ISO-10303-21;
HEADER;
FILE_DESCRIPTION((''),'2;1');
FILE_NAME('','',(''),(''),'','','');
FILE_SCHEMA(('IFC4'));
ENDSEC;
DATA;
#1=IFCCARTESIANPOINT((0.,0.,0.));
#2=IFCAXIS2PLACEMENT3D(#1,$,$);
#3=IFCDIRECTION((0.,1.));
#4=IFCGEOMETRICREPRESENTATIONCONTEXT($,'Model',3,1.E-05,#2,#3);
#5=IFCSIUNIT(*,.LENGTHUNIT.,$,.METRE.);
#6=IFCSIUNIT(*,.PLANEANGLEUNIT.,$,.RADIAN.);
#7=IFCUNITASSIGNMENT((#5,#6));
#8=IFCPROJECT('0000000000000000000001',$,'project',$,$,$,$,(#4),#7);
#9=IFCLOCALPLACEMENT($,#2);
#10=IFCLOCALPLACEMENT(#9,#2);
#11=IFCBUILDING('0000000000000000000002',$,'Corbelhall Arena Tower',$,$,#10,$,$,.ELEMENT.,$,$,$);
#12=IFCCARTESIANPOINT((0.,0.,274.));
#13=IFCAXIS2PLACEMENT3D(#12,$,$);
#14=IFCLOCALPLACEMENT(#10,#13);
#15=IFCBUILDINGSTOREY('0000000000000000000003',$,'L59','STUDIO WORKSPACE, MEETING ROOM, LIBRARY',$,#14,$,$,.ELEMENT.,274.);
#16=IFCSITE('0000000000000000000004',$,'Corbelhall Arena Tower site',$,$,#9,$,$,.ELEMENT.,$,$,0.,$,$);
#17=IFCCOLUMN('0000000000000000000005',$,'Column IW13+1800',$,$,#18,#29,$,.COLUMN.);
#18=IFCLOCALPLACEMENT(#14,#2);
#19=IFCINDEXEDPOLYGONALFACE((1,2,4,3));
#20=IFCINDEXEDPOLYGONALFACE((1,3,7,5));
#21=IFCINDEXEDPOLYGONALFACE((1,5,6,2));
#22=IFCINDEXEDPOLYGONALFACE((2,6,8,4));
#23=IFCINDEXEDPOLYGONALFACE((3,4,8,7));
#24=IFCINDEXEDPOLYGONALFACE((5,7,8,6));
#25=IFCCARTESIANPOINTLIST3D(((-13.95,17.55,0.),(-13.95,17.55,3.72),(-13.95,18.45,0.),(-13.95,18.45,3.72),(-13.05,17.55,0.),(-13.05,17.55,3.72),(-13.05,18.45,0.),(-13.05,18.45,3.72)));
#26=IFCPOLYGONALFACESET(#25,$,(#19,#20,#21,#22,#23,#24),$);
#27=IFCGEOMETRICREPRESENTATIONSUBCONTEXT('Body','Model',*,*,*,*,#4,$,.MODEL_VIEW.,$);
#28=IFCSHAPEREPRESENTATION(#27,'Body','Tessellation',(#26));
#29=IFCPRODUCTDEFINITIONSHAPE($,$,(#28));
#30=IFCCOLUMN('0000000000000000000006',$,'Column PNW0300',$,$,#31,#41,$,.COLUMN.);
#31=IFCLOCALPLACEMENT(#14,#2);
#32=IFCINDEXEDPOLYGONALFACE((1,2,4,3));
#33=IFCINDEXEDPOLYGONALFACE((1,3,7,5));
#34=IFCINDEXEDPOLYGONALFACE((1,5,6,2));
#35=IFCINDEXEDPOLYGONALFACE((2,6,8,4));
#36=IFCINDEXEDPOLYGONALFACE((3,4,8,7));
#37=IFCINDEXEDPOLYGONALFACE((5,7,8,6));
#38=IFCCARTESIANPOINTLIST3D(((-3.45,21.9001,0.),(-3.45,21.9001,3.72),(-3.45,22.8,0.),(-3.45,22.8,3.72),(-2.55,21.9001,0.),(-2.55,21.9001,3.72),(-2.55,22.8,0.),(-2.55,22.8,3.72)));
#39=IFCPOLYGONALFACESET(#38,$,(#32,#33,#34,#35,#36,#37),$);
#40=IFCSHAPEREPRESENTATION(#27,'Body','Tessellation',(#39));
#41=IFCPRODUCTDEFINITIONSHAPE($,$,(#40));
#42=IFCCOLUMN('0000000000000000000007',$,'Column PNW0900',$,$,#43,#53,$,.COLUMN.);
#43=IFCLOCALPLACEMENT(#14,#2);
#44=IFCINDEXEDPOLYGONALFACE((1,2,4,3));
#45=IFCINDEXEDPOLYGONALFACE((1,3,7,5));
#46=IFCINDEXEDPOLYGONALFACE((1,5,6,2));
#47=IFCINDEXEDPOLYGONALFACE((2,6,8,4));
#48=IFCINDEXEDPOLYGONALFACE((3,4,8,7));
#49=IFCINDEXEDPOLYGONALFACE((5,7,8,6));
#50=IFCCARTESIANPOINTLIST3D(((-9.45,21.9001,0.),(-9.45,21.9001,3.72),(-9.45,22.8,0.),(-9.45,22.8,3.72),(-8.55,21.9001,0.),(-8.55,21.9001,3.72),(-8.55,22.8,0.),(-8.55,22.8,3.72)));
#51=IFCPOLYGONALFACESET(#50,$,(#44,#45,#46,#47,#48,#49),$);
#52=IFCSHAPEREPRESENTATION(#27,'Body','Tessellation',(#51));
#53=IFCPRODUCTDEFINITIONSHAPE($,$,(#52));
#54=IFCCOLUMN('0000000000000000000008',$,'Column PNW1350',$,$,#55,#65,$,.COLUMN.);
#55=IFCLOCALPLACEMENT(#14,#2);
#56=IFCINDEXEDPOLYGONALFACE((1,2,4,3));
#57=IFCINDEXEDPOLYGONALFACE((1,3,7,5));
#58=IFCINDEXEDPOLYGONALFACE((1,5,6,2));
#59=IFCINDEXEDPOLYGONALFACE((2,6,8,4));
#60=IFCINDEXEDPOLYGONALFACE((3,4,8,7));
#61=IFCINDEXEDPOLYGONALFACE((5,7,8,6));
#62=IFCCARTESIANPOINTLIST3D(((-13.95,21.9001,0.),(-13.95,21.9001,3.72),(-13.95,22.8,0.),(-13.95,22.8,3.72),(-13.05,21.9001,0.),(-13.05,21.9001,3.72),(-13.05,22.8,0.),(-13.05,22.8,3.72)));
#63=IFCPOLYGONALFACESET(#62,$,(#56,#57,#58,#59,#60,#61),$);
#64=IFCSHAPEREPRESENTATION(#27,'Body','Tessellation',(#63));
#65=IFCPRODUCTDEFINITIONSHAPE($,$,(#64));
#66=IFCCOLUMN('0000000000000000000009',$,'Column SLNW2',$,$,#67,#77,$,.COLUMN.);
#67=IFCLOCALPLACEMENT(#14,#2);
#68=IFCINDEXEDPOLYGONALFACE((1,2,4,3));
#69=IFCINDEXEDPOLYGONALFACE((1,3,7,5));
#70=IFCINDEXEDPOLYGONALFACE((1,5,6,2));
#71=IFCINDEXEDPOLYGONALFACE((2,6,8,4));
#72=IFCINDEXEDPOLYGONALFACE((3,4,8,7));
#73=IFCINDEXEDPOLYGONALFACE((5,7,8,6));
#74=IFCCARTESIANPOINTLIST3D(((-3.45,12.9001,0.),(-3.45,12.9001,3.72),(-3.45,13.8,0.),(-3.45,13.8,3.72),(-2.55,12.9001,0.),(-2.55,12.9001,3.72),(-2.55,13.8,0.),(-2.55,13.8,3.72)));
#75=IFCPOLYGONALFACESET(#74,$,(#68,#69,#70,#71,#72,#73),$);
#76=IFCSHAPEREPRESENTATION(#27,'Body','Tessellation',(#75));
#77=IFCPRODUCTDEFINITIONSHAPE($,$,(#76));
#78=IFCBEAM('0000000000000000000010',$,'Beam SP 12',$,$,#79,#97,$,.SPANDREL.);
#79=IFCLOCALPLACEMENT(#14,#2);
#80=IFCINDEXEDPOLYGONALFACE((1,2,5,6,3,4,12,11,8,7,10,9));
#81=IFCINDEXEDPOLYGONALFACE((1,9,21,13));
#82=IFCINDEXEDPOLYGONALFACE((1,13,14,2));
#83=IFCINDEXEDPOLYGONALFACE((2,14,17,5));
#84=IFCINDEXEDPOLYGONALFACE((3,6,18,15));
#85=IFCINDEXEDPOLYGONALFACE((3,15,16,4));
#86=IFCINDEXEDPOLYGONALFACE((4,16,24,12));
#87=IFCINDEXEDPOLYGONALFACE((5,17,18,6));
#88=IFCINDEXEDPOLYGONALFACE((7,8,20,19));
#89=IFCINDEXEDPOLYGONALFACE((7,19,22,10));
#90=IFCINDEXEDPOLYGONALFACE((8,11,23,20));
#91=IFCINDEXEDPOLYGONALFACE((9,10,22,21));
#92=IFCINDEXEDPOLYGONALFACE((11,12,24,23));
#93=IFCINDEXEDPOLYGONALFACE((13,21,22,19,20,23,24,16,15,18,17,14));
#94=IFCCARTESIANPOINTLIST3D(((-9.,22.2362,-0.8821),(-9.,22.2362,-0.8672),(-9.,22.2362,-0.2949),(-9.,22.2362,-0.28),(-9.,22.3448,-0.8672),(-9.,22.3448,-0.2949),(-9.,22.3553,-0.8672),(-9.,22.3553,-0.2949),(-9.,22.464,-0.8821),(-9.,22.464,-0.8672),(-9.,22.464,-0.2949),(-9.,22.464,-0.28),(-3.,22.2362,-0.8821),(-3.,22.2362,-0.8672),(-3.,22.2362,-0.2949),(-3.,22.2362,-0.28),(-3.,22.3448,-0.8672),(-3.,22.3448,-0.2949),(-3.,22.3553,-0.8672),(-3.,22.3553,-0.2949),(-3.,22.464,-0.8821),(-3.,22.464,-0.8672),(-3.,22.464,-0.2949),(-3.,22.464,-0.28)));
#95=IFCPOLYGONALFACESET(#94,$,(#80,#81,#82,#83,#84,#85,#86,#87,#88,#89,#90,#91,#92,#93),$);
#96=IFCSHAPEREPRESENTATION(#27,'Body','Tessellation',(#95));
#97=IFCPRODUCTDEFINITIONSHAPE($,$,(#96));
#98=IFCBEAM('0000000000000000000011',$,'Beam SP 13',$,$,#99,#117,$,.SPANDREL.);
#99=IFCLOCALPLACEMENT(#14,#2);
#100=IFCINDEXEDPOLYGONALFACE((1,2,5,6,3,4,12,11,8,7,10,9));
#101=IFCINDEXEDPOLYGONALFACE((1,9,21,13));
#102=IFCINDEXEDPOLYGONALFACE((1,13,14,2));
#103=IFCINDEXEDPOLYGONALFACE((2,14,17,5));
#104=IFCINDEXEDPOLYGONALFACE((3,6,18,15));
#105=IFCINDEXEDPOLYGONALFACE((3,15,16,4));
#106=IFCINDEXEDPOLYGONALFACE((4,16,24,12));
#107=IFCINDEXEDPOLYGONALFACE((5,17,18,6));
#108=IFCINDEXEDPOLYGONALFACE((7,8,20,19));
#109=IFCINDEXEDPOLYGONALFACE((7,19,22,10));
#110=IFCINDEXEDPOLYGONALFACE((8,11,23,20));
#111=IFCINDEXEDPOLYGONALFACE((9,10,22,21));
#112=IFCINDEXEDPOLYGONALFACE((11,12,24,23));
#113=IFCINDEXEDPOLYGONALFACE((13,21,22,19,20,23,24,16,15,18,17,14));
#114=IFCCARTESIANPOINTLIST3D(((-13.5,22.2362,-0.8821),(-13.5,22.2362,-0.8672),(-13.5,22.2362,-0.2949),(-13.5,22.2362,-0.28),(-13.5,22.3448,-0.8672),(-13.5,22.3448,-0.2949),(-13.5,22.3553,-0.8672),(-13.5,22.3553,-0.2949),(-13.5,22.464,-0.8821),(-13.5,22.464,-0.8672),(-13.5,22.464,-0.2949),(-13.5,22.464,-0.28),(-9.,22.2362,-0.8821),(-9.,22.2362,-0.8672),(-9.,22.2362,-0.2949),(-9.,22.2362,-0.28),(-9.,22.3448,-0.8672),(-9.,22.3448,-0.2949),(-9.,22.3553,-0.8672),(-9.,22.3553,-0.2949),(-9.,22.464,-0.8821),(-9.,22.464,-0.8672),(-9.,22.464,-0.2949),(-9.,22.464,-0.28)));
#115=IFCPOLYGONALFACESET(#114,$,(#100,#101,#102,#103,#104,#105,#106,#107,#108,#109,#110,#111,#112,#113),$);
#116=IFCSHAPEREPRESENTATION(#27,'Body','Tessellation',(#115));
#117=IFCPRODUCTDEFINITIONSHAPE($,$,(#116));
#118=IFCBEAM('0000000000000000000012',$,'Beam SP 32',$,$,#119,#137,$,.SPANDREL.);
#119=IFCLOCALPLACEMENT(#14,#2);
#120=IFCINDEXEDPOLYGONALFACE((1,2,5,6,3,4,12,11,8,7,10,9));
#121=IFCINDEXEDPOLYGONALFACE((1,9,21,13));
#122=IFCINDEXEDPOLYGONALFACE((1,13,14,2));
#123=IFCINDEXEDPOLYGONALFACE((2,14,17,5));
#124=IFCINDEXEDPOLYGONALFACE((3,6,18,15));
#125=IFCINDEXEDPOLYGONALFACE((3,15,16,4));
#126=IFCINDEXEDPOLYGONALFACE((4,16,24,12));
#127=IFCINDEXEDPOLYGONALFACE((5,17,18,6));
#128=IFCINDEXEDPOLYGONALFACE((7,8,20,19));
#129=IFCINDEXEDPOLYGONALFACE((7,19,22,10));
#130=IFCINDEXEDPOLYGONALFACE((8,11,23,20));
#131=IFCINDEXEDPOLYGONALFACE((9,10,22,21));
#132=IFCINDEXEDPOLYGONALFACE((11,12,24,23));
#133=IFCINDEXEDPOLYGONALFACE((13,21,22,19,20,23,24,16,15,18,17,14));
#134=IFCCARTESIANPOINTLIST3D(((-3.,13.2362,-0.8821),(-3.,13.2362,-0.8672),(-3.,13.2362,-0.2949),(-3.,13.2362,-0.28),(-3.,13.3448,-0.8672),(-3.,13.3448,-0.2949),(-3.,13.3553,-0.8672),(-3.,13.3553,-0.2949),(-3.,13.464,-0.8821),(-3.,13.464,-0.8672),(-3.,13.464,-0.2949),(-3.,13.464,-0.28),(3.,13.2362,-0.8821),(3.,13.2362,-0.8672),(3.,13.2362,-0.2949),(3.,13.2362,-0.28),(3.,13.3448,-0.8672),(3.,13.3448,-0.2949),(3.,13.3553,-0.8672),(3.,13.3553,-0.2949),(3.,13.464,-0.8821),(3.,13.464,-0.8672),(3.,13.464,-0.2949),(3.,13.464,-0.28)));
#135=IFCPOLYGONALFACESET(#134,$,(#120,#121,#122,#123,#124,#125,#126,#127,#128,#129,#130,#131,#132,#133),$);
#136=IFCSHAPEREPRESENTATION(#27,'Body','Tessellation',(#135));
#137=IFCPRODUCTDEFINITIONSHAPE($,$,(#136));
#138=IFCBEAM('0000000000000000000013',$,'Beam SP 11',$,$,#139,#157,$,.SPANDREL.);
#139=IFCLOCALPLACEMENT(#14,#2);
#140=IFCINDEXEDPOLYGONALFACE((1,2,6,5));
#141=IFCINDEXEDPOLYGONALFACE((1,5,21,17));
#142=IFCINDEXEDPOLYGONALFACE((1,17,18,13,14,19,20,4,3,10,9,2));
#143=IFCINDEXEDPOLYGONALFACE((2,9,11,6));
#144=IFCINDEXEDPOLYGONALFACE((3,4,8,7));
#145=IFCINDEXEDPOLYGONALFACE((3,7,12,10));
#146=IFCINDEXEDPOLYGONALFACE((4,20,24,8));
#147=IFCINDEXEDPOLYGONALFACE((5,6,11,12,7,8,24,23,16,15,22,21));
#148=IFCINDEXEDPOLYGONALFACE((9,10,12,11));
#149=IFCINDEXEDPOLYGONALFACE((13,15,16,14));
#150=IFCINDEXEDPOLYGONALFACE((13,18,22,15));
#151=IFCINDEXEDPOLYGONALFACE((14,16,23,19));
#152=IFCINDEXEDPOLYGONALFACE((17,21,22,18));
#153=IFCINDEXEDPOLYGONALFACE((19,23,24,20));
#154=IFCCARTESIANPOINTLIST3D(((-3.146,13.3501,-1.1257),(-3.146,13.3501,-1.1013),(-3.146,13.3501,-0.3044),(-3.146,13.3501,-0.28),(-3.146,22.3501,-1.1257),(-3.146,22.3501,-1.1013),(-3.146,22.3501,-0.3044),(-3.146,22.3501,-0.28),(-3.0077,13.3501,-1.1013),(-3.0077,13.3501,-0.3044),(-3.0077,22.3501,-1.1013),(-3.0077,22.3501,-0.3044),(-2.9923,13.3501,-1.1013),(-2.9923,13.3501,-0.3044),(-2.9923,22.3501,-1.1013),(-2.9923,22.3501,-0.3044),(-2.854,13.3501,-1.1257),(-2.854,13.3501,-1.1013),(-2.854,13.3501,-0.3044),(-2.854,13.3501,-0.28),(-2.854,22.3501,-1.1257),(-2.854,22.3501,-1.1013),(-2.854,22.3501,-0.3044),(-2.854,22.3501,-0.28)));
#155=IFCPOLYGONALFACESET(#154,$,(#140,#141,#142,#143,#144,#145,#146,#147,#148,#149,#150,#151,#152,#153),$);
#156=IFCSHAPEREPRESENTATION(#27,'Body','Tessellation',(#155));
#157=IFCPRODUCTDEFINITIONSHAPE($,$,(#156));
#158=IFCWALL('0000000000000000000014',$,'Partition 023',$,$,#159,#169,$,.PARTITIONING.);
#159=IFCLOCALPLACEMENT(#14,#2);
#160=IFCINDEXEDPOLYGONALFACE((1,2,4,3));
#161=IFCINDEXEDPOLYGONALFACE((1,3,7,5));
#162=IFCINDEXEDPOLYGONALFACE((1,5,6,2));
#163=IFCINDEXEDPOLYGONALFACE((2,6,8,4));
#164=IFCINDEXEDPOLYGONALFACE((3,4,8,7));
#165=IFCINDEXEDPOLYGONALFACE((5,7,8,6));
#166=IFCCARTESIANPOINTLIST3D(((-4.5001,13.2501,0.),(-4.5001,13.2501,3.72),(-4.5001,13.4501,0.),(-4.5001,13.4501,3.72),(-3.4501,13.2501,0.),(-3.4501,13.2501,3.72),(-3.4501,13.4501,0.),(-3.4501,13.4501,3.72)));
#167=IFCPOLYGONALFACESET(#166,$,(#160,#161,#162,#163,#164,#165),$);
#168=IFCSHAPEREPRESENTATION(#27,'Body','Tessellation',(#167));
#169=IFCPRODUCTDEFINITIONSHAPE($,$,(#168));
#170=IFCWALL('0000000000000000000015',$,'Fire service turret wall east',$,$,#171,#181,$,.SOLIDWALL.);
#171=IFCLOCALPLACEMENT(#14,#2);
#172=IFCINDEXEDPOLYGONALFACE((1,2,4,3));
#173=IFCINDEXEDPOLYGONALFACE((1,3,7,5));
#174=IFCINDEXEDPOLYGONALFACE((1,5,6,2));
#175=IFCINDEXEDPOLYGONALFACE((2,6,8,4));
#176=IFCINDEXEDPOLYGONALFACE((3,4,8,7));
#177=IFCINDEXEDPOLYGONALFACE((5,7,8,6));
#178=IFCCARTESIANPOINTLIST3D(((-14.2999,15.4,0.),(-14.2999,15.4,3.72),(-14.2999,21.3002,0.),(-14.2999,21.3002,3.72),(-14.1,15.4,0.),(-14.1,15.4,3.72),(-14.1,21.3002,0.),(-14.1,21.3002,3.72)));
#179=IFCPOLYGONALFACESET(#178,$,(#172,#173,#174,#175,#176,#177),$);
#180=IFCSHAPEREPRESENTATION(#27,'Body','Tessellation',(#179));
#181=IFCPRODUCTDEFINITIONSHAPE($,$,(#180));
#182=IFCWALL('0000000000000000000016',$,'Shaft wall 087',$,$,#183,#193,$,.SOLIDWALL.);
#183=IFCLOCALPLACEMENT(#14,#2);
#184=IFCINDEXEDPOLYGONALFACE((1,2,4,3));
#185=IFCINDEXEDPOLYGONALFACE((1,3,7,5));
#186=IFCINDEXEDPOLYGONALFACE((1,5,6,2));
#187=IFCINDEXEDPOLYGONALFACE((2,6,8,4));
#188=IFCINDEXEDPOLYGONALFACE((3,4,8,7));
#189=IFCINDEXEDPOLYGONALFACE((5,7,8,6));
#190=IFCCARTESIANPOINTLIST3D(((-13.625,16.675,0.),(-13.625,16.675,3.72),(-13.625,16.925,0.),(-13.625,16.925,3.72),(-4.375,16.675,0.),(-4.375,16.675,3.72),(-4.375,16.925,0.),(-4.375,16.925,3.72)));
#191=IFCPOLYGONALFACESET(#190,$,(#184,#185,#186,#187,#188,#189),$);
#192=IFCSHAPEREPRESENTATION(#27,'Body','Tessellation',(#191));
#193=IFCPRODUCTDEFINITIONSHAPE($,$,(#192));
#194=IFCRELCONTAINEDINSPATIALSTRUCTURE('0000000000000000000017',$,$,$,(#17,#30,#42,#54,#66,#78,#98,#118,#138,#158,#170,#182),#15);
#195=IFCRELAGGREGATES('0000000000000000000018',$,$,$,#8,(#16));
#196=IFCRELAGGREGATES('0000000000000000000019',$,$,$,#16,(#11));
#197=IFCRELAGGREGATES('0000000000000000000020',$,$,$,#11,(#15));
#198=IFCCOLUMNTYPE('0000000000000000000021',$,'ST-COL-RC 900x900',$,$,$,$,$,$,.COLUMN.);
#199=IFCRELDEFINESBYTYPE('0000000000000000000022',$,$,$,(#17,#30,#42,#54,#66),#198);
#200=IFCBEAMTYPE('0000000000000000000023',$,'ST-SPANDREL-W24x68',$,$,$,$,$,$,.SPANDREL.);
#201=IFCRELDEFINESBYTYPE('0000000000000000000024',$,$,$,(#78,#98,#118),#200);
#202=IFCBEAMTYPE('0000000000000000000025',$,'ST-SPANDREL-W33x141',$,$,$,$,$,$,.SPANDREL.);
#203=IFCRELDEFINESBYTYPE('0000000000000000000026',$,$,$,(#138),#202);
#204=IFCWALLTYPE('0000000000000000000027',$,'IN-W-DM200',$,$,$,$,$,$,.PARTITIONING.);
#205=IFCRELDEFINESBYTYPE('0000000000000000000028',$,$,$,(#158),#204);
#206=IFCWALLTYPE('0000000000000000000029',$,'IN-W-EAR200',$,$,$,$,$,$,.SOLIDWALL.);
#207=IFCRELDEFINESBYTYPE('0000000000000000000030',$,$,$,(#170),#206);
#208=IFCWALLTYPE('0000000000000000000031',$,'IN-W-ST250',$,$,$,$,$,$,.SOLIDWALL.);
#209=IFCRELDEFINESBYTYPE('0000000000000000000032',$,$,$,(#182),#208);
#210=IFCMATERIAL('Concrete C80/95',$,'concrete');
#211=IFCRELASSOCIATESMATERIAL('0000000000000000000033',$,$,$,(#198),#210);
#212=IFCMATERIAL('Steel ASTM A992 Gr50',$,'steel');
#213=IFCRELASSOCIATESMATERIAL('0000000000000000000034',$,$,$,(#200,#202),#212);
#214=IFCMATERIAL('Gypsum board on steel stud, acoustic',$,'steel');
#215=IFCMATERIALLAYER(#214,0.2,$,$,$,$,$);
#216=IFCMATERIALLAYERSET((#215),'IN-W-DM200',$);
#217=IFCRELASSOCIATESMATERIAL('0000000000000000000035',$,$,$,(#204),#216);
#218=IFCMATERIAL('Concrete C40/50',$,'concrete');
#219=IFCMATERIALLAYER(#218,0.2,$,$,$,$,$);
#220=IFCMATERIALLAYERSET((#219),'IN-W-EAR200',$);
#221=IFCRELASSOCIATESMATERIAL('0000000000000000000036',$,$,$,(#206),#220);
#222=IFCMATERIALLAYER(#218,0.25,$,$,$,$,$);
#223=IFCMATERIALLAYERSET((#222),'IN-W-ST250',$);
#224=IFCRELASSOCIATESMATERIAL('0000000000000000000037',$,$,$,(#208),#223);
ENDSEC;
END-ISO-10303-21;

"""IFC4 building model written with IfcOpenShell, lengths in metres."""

from ifc_helpers import new_model, si_unit, direction, frame, frame_2d, origin, origin_2d, place, context, subcontext, project, spatial, rectangle, i_section, extrude, material, layer, layer_set, material_profile, profile_set, type_object, element, save


model = new_model("IFC4")

# Units and contexts
model_context = context("Model", 3, precision=1e-05, world=origin(), true_north=direction((0.0, 1.0)))
body_context = subcontext(model_context, "Body", "Model", "MODEL_VIEW")
ifc_project = project(units=[si_unit("LENGTHUNIT", "METRE"), si_unit("PLANEANGLEUNIT", "RADIAN")], contexts=[model_context])

# Site, building, storey
site_placement = place(None, origin())
site = spatial("IfcSite", under=ifc_project, at=site_placement, Name="Corbelhall Arena Tower site", CompositionType="ELEMENT", RefElevation=0.0)
building_placement = place(site_placement, origin())
building = spatial("IfcBuilding", under=site, at=building_placement, Name="Corbelhall Arena Tower", CompositionType="ELEMENT")
storey_placement = place(building_placement, frame((0.0, 0.0, 274.0)))
storey = spatial("IfcBuildingStorey", under=building, at=storey_placement, Name="L59", Description="STUDIO WORKSPACE, MEETING ROOM, LIBRARY", CompositionType="ELEMENT", Elevation=274.0)

# Columns
ifc_material_1 = material(Name="Concrete C80/95", Category="concrete")
ifc_material_profile_1 = material_profile(ifc_material_1, rectangle(XDim=0.8999, YDim=0.8999, at=origin_2d()))
ifc_profile_set_1 = profile_set([ifc_material_profile_1], Name="Concrete C80/95")
column_type = type_object("IfcColumnType", Name="ST-COL-RC 900x900", PredefinedType="COLUMN", material=ifc_profile_set_1)
for number, where, z_axis, x_axis, name in (
    (1, (-13.5, 18.0, 0.0), (0.0, 0.0, 1.0), (1.0, 0.0, 0.0), "Column IW13+1800"),
    (2, (-3.0, 22.3501, 0.0), (0.0, 0.0, 1.0), (1.0, 0.0, 0.0), "Column PNW0300"),
    (3, (-9.0, 22.3501, 0.0), (0.0, 0.0, 1.0), (1.0, 0.0, 0.0), "Column PNW0900"),
    (4, (-13.5, 22.3501, 0.0), (0.0, 0.0, 1.0), (1.0, 0.0, 0.0), "Column PNW1350"),
    (5, (-3.0, 13.3501, 0.0), (0.0, 0.0, 1.0), (1.0, 0.0, 0.0), "Column SLNW2"),
):
    element("IfcColumn", number, at=place(storey_placement, frame(where, z_axis=z_axis, x_axis=x_axis)), inside=storey, type_object=column_type, Name=name, PredefinedType="COLUMN", context=body_context, shape_type="SweptSolid", body=[
        extrude(rectangle(XDim=0.8999, YDim=0.8999, at=origin_2d()), origin(), (0.0, 0.0, 1.0), 3.72),
    ])

# Beams
ifc_material_2 = material(Name="Steel ASTM A992 Gr50", Category="steel")
ifc_material_profile_2 = material_profile(ifc_material_2, i_section(OverallWidth=0.2278, OverallDepth=0.6021, WebThickness=0.0105, FlangeThickness=0.0149, at=origin_2d()))
ifc_profile_set_2 = profile_set([ifc_material_profile_2], Name="Steel ASTM A992 Gr50")
beam_type_1 = type_object("IfcBeamType", Name="ST-SPANDREL-W24x68", PredefinedType="SPANDREL", material=ifc_profile_set_2)
beam_1_placement = place(storey_placement, frame((-9.0, 22.3501, -0.5811), z_axis=(1.0, 0.0, 0.0), x_axis=(0.0, 1.0, 0.0)))
element("IfcBeam", 6, at=beam_1_placement, inside=storey, type_object=beam_type_1, Name="Beam SP 12", PredefinedType="SPANDREL", context=body_context, shape_type="SweptSolid", body=[
    extrude(i_section(OverallWidth=0.2278, OverallDepth=0.6021, WebThickness=0.0105, FlangeThickness=0.0149, at=origin_2d()), origin(), (0.0, 0.0, 1.0), 6.0),
])
beam_2_placement = place(storey_placement, frame((-13.5, 22.3501, -0.5811), z_axis=(1.0, 0.0, 0.0), x_axis=(0.0, 1.0, 0.0)))
element("IfcBeam", 7, at=beam_2_placement, inside=storey, type_object=beam_type_1, Name="Beam SP 13", PredefinedType="SPANDREL", context=body_context, shape_type="SweptSolid", body=[
    extrude(i_section(OverallWidth=0.2278, OverallDepth=0.6021, WebThickness=0.0105, FlangeThickness=0.0149, at=origin_2d()), origin(), (0.0, 0.0, 1.0), 4.5),
])
beam_3_placement = place(storey_placement, frame((-3.0, 13.3501, -0.5811), z_axis=(1.0, 0.0, 0.0), x_axis=(0.0, 1.0, 0.0)))
element("IfcBeam", 8, at=beam_3_placement, inside=storey, type_object=beam_type_1, Name="Beam SP 32", PredefinedType="SPANDREL", context=body_context, shape_type="SweptSolid", body=[
    extrude(i_section(OverallWidth=0.2278, OverallDepth=0.6021, WebThickness=0.0105, FlangeThickness=0.0149, at=origin_2d()), origin(), (0.0, 0.0, 1.0), 6.0),
])
ifc_material_profile_3 = material_profile(ifc_material_2, i_section(OverallWidth=0.292, OverallDepth=0.8457, WebThickness=0.0154, FlangeThickness=0.0244, at=origin_2d()))
ifc_profile_set_3 = profile_set([ifc_material_profile_3], Name="Steel ASTM A992 Gr50")
beam_type_2 = type_object("IfcBeamType", Name="ST-SPANDREL-W33x141", PredefinedType="SPANDREL", material=ifc_profile_set_3)
beam_4_placement = place(storey_placement, frame((-3.0, 22.3501, -0.7029), z_axis=(0.0, -1.0, 0.0), x_axis=(1.0, 0.0, 0.0)))
element("IfcBeam", 9, at=beam_4_placement, inside=storey, type_object=beam_type_2, Name="Beam SP 11", PredefinedType="SPANDREL", context=body_context, shape_type="SweptSolid", body=[
    extrude(i_section(OverallWidth=0.292, OverallDepth=0.8457, WebThickness=0.0154, FlangeThickness=0.0244, at=origin_2d()), origin(), (0.0, 0.0, 1.0), 9.0),
])

# Walls
ifc_material_3 = material(Name="Gypsum board on steel stud, acoustic", Category="steel")
ifc_layer_1 = layer(ifc_material_3, 0.2)
ifc_layer_set_1 = layer_set([ifc_layer_1], Name="IN-W-DM200")
wall_type_1 = type_object("IfcWallType", Name="IN-W-DM200", PredefinedType="PARTITIONING", material=ifc_layer_set_1)
wall_1_placement = place(storey_placement, frame((-4.5, 13.3501, 0.0), z_axis=(0.0, 0.0, 1.0), x_axis=(1.0, 0.0, 0.0)))
element("IfcWall", 10, at=wall_1_placement, inside=storey, type_object=wall_type_1, Name="Partition 023", PredefinedType="PARTITIONING", context=body_context, shape_type="SweptSolid", body=[
    extrude(rectangle(XDim=1.05, YDim=0.2, at=frame_2d((0.5249, 0.0))), origin(), (0.0, 0.0, 1.0), 3.72),
])
ifc_material_4 = material(Name="Concrete C40/50", Category="concrete")
ifc_layer_2 = layer(ifc_material_4, 0.2)
ifc_layer_set_2 = layer_set([ifc_layer_2], Name="IN-W-EAR200")
wall_type_2 = type_object("IfcWallType", Name="IN-W-EAR200", PredefinedType="SOLIDWALL", material=ifc_layer_set_2)
wall_2_placement = place(storey_placement, frame((-14.2, 15.3999, 0.0), z_axis=(0.0, 0.0, 1.0), x_axis=(0.0, 1.0, 0.0)))
element("IfcWall", 11, at=wall_2_placement, inside=storey, type_object=wall_type_2, Name="Fire service turret wall east", PredefinedType="SOLIDWALL", context=body_context, shape_type="SweptSolid", body=[
    extrude(rectangle(XDim=5.9001, YDim=0.2, at=frame_2d((2.9502, 0.0))), origin(), (0.0, 0.0, 1.0), 3.72),
])
ifc_layer_3 = layer(ifc_material_4, 0.25)
ifc_layer_set_3 = layer_set([ifc_layer_3], Name="IN-W-ST250")
wall_type_3 = type_object("IfcWallType", Name="IN-W-ST250", PredefinedType="SOLIDWALL", material=ifc_layer_set_3)
wall_3_placement = place(storey_placement, frame((-13.625, 16.8, 0.0), z_axis=(0.0, 0.0, 1.0), x_axis=(1.0, 0.0, 0.0)))
element("IfcWall", 12, at=wall_3_placement, inside=storey, type_object=wall_type_3, Name="Shaft wall 087", PredefinedType="SOLIDWALL", context=body_context, shape_type="SweptSolid", body=[
    extrude(rectangle(XDim=9.25, YDim=0.25, at=frame_2d((4.625, 0.0))), origin(), (0.0, 0.0, 1.0), 3.72),
])

save(model, "model.ifc")
